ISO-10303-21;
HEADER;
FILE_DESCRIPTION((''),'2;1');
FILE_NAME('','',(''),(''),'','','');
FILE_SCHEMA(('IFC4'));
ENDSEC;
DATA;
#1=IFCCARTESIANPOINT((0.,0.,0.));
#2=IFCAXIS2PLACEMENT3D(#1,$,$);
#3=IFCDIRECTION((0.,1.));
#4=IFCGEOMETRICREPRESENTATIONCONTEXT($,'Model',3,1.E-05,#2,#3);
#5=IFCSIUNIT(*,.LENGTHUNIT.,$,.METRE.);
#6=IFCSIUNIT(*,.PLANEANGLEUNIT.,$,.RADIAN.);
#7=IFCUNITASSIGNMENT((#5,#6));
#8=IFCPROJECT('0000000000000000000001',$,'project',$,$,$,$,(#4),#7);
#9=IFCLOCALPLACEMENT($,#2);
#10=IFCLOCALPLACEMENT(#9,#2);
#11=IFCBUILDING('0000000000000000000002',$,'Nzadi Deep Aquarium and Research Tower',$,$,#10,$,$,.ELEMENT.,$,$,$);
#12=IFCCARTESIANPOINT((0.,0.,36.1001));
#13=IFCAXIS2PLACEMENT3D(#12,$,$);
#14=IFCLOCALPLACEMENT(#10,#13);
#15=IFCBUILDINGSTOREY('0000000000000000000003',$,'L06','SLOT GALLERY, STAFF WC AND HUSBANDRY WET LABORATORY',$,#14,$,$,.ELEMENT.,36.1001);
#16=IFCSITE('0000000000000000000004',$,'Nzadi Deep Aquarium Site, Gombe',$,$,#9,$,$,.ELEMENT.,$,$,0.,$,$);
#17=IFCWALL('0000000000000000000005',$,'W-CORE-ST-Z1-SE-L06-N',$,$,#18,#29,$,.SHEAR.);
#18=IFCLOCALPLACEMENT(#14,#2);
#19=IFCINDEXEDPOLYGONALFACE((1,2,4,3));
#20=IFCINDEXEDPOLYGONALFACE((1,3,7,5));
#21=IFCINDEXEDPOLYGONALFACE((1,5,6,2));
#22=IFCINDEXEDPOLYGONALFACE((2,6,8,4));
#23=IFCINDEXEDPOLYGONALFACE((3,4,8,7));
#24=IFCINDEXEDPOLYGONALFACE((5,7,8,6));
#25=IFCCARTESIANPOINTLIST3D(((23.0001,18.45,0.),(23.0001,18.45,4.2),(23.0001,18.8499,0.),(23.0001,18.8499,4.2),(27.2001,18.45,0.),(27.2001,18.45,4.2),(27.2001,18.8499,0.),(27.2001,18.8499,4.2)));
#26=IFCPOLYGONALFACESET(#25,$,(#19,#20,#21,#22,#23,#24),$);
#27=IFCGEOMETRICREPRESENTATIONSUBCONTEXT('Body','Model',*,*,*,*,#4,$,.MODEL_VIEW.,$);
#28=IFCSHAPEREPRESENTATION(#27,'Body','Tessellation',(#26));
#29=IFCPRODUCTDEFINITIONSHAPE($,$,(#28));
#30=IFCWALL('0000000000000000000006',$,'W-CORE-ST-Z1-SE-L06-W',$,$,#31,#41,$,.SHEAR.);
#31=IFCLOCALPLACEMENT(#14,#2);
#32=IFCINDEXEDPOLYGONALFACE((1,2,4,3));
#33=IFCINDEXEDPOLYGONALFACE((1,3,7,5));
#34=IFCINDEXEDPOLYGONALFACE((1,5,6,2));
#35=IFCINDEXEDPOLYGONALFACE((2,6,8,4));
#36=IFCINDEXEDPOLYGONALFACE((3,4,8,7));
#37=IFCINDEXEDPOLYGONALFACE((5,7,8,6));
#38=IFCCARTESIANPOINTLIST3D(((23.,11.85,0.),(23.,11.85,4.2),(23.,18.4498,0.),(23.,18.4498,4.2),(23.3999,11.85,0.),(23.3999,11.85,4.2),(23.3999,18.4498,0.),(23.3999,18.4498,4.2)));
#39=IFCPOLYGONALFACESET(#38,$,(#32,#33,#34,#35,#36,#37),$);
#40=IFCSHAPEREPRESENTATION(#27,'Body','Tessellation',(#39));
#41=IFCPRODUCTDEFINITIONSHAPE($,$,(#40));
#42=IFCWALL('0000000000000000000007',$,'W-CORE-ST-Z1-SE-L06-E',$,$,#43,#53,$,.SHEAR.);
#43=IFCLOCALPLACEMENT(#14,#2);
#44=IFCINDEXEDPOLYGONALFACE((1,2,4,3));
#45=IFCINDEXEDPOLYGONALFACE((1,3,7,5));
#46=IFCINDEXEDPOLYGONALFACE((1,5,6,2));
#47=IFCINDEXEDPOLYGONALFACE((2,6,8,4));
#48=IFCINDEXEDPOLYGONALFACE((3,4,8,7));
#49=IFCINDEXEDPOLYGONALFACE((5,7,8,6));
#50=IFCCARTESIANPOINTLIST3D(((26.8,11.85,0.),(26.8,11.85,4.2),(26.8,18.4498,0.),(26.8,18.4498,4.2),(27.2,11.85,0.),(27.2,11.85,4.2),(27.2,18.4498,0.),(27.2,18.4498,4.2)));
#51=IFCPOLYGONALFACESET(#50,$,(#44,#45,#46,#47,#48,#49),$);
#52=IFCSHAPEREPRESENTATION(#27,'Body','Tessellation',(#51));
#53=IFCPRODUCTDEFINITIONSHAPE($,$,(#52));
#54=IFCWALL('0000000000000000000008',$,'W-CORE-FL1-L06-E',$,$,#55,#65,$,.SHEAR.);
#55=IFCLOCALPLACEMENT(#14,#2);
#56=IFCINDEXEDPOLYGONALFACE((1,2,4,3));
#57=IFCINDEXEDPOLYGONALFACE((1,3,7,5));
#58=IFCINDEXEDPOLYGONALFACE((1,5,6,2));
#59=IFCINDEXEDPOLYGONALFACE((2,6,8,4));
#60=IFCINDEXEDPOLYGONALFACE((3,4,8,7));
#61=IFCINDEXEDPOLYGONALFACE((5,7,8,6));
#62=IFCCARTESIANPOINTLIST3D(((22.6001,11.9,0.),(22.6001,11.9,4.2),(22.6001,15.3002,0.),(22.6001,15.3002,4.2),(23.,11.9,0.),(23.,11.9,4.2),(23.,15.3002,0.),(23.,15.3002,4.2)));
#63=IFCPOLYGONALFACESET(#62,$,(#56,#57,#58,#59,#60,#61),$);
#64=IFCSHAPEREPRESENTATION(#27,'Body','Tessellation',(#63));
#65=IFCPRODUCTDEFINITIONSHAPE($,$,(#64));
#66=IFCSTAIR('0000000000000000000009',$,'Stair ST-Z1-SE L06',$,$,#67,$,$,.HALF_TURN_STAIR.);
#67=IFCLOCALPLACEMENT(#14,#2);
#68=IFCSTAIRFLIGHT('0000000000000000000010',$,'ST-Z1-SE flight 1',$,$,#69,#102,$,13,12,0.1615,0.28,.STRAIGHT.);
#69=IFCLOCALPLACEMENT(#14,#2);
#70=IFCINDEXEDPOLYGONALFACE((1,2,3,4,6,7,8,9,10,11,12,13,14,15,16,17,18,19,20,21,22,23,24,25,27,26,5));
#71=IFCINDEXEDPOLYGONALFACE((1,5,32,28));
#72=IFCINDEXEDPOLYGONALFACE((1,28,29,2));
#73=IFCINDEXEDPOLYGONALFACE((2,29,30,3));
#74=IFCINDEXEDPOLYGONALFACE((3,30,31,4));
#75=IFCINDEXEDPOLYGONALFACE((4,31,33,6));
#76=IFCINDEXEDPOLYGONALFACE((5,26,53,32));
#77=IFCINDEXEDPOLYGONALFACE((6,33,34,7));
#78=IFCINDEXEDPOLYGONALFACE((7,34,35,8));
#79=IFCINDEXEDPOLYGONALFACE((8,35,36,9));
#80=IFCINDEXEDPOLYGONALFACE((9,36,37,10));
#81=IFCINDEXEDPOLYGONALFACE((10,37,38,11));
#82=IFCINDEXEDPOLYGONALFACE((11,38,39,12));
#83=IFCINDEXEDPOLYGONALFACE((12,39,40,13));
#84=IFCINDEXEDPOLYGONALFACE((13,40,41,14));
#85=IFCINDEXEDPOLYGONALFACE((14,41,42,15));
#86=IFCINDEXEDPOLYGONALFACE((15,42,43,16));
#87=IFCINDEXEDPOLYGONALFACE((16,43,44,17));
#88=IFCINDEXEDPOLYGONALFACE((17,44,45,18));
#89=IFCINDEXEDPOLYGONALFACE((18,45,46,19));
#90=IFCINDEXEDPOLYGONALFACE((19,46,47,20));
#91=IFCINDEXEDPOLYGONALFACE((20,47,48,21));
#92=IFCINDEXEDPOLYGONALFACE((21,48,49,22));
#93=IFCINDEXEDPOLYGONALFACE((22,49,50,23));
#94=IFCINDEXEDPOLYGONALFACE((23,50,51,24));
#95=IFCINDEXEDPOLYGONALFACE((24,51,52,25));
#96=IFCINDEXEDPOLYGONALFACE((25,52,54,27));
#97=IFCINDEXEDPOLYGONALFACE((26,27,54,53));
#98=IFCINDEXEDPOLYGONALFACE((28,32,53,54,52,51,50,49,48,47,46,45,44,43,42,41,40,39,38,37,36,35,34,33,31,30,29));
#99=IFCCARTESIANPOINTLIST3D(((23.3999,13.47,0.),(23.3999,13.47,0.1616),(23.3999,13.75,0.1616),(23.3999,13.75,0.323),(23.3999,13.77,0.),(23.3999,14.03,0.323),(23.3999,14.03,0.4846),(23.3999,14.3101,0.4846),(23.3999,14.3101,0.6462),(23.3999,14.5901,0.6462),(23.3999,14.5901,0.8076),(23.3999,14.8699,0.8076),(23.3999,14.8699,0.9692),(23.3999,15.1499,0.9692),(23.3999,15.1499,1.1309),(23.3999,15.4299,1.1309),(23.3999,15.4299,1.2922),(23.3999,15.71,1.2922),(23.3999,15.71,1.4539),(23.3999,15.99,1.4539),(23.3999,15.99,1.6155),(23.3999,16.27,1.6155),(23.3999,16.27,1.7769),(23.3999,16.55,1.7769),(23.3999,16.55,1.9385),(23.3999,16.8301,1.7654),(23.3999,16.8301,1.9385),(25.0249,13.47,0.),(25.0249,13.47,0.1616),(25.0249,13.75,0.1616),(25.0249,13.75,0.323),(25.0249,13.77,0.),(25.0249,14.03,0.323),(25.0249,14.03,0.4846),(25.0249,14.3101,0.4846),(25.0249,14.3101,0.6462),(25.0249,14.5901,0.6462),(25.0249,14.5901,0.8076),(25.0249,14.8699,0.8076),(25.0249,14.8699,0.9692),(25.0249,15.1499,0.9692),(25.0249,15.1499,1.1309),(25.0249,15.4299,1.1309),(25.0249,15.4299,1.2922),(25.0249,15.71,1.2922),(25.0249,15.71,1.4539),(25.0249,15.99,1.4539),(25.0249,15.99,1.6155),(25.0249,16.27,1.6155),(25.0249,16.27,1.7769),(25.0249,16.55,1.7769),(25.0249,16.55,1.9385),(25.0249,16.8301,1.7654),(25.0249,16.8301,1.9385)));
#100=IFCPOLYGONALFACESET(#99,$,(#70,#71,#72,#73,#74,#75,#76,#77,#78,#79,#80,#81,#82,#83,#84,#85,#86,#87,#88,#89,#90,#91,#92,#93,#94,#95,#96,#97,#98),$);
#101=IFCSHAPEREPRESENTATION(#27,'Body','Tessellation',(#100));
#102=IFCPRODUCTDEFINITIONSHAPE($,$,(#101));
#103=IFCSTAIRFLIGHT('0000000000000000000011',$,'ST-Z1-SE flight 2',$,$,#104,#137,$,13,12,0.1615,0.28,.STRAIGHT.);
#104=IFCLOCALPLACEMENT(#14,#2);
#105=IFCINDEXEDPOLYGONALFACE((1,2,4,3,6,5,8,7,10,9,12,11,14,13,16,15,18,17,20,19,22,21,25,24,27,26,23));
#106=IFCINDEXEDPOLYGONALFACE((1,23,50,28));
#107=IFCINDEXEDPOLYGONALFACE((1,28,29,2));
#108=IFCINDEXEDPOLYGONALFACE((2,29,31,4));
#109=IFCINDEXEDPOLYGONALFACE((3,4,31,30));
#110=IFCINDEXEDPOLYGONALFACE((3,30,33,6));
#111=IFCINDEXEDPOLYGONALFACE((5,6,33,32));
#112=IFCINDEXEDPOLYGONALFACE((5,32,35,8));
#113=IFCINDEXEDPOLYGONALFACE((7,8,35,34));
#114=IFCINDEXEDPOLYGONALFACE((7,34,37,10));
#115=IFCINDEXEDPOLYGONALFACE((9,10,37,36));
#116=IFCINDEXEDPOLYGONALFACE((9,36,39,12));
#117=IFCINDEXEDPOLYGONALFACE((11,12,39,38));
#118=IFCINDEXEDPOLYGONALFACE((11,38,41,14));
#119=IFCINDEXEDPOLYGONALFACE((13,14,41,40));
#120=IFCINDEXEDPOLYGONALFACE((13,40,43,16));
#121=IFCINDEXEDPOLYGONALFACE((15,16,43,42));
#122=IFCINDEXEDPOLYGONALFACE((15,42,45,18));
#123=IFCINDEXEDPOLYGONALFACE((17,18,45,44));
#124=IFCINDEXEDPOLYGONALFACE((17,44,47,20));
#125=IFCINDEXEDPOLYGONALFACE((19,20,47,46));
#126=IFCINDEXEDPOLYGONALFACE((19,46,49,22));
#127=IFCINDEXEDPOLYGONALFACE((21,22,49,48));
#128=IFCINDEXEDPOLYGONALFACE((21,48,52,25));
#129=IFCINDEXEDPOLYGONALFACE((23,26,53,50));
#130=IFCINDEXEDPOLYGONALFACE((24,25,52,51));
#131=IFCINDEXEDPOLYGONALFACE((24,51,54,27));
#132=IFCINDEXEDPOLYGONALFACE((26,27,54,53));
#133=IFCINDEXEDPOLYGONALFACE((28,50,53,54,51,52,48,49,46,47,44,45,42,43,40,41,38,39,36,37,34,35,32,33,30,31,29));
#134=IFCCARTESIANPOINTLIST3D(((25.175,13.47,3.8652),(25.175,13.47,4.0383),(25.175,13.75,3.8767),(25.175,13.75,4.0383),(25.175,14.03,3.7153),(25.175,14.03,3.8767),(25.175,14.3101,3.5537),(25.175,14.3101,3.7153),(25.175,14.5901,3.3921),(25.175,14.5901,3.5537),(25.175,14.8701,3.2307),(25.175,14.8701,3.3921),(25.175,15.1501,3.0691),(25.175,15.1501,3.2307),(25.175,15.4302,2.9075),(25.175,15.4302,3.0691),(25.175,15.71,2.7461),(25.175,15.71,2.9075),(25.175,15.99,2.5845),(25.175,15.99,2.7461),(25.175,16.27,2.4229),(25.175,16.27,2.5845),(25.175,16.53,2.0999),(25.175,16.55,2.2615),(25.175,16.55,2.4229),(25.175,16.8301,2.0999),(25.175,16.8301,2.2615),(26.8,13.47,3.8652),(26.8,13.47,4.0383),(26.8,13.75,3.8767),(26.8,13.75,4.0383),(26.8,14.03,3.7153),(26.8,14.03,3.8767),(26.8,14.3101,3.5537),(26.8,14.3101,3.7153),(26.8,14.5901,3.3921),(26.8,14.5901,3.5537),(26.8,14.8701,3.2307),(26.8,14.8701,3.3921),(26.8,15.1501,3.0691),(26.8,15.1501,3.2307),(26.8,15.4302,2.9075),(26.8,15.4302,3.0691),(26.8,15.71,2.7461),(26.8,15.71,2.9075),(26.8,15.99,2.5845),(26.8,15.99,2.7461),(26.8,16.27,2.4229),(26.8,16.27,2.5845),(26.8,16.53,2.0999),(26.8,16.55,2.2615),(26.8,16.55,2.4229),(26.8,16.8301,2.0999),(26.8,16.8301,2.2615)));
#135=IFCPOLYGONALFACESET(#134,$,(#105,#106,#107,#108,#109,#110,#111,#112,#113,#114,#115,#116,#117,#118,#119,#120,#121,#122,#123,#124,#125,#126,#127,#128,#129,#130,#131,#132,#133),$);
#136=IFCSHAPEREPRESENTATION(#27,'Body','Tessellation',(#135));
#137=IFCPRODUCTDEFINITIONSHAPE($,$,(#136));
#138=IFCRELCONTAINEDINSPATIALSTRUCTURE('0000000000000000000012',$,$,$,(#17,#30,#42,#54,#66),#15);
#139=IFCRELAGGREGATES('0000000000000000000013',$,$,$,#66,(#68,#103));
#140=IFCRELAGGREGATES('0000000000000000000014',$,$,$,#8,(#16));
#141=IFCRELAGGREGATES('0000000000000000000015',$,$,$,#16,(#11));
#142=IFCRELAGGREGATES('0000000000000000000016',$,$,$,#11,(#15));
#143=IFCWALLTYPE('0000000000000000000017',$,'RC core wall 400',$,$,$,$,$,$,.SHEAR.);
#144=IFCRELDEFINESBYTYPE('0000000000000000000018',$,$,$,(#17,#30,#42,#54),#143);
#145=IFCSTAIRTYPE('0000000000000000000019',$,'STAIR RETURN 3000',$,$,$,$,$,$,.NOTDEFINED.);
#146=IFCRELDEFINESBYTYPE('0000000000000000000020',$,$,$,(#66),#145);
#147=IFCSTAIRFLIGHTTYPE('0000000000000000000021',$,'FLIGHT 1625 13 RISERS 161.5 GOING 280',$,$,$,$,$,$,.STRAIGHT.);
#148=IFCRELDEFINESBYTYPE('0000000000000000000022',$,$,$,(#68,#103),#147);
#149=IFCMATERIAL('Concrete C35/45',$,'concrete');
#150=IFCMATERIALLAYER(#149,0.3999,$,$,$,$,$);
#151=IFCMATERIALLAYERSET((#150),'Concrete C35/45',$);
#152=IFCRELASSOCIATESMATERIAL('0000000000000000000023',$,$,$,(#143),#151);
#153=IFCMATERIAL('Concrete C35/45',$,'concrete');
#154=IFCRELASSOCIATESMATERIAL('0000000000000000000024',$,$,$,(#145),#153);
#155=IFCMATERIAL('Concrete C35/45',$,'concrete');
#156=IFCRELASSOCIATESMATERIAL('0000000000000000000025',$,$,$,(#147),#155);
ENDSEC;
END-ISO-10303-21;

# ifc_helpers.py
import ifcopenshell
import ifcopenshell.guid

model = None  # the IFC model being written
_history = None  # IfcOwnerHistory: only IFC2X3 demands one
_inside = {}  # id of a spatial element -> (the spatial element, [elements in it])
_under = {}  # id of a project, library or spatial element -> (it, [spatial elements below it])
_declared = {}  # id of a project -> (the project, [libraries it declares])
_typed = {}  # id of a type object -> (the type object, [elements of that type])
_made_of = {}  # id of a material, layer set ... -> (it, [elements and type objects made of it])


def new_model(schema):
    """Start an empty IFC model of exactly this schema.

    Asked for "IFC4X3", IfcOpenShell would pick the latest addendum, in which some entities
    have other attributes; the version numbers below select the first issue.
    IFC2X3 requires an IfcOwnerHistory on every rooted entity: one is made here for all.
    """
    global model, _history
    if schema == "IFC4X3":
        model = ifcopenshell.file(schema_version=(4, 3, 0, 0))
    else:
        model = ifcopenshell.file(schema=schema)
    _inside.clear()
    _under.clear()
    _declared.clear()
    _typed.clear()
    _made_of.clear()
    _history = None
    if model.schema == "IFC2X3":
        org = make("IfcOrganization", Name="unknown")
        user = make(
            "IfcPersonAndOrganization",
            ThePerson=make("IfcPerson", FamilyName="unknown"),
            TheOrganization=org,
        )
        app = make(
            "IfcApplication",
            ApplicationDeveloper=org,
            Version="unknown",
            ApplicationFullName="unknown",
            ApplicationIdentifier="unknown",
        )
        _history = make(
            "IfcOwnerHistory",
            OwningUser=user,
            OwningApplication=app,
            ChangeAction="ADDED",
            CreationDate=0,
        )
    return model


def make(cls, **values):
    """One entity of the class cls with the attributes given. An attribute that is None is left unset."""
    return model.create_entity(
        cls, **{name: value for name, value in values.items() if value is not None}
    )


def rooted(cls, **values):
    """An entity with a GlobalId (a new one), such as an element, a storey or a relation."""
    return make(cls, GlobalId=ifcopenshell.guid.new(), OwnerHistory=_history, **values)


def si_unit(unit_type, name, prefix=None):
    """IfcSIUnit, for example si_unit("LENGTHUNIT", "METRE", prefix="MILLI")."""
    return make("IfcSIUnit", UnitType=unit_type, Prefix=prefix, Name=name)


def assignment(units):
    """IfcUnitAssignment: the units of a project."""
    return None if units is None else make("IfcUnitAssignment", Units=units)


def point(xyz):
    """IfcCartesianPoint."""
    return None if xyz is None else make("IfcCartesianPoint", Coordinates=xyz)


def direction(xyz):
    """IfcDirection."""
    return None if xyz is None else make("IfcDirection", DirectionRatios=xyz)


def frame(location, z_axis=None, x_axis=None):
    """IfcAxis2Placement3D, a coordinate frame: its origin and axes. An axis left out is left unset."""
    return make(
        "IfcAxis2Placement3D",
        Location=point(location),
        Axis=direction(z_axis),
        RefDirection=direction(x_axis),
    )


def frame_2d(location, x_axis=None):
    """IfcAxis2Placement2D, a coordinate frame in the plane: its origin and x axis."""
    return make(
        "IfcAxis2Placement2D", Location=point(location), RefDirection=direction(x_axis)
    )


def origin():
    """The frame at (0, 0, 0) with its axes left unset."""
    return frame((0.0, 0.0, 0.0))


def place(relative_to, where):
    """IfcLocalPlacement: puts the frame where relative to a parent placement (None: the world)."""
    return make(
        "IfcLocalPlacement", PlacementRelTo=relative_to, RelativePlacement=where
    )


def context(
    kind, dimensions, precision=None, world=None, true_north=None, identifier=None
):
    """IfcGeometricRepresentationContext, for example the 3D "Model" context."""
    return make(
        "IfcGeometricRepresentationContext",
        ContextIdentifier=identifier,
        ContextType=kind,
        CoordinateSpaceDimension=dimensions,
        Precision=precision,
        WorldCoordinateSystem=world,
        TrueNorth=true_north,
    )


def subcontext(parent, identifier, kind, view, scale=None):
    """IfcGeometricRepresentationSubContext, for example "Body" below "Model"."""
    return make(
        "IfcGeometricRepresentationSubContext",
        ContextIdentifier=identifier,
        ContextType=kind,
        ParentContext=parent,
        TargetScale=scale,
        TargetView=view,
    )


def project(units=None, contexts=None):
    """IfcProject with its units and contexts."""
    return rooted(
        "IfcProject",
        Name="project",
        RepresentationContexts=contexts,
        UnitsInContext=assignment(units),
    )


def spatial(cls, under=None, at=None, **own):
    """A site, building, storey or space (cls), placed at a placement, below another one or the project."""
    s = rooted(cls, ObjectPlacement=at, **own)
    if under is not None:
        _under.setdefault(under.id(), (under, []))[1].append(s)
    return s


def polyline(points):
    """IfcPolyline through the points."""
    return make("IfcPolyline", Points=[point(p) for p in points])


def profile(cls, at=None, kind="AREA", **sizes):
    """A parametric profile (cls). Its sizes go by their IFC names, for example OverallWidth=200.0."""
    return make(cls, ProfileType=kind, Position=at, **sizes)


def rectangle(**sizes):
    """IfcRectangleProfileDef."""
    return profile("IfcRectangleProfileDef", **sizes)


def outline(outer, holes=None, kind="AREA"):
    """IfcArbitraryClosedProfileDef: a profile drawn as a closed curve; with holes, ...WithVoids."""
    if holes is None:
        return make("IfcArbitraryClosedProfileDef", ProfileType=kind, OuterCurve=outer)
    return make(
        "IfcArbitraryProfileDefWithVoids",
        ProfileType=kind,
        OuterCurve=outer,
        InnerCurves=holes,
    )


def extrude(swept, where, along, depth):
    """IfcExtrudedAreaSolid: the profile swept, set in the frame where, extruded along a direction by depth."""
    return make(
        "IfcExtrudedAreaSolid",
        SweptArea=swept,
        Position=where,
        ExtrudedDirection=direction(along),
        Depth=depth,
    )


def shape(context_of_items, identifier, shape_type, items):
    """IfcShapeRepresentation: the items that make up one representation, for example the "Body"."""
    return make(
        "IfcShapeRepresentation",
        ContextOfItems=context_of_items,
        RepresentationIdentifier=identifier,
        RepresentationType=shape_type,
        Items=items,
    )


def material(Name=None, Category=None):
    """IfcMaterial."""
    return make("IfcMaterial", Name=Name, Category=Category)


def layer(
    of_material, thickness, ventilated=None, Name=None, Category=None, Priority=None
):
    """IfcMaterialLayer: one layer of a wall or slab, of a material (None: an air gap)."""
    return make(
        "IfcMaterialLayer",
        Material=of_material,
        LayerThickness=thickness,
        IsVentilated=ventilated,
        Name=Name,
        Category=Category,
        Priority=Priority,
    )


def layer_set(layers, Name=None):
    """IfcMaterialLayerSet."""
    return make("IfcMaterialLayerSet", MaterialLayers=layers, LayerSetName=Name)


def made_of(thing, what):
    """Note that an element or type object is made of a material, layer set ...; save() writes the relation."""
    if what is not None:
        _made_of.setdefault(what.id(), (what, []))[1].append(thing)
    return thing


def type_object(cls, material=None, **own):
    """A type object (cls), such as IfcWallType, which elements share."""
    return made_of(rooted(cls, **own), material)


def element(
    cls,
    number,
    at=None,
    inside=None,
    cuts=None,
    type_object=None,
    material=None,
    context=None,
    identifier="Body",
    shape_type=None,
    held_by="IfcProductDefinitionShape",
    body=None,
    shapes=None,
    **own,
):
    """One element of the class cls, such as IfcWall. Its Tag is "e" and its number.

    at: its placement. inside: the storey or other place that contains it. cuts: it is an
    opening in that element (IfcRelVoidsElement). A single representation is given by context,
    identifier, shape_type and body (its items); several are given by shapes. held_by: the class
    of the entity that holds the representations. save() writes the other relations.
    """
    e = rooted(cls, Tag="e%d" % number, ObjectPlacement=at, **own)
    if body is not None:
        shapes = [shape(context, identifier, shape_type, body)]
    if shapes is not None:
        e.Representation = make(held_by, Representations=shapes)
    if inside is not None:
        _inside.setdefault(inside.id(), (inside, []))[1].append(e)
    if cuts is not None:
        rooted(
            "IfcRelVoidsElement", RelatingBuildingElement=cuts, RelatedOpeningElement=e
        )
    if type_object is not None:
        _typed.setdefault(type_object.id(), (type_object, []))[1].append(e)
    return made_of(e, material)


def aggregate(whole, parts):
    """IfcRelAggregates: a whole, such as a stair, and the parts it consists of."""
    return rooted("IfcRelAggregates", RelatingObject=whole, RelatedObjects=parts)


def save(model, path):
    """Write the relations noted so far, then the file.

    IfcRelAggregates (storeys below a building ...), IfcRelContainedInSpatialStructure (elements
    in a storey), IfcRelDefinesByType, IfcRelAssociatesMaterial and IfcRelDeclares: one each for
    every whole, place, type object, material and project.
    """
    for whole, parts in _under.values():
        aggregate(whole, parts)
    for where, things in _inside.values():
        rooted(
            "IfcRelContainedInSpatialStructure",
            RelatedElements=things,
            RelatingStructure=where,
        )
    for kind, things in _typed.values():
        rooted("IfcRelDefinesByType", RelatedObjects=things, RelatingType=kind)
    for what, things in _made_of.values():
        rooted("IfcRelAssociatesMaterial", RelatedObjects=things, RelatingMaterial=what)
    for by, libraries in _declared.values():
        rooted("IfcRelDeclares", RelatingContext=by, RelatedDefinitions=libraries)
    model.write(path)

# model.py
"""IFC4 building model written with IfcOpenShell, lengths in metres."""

from ifc_helpers import new_model, si_unit, direction, frame, frame_2d, origin, place, context, subcontext, project, spatial, polyline, rectangle, outline, extrude, material, layer, layer_set, type_object, element, aggregate, save


model = new_model("IFC4")

# Units and contexts
model_context = context("Model", 3, precision=1e-05, world=origin(), true_north=direction((0.0, 1.0)))
body_context = subcontext(model_context, "Body", "Model", "MODEL_VIEW")
ifc_project = project(units=[si_unit("LENGTHUNIT", "METRE"), si_unit("PLANEANGLEUNIT", "RADIAN")], contexts=[model_context])

# Site, building, storey
site_placement = place(None, origin())
site = spatial("IfcSite", under=ifc_project, at=site_placement, Name="Nzadi Deep Aquarium Site, Gombe", CompositionType="ELEMENT", RefElevation=0.0)
building_placement = place(site_placement, origin())
building = spatial("IfcBuilding", under=site, at=building_placement, Name="Nzadi Deep Aquarium and Research Tower", CompositionType="ELEMENT")
storey_placement = place(building_placement, frame((0.0, 0.0, 36.1001)))
storey = spatial("IfcBuildingStorey", under=building, at=storey_placement, Name="L06", Description="SLOT GALLERY, STAFF WC AND HUSBANDRY WET LABORATORY", CompositionType="ELEMENT", Elevation=36.1001)

# Walls
ifc_material_1 = material(Name="Concrete C35/45", Category="concrete")
ifc_layer_1 = layer(ifc_material_1, 0.3999)
ifc_layer_set_1 = layer_set([ifc_layer_1], Name="Concrete C35/45")
wall_type_1 = type_object("IfcWallType", Name="RC core wall 400", PredefinedType="SHEAR", material=ifc_layer_set_1)
wall_1_placement = place(storey_placement, frame((23.0, 18.6499, 0.0), z_axis=(0.0, 0.0, 1.0), x_axis=(1.0, 0.0, 0.0)))
element("IfcWall", 1, at=wall_1_placement, inside=storey, type_object=wall_type_1, Name="W-CORE-ST-Z1-SE-L06-N", PredefinedType="SHEAR", context=body_context, shape_type="SweptSolid", body=[
    extrude(rectangle(XDim=4.2, YDim=0.3999, at=frame_2d((2.1001, 0.0))), origin(), (0.0, 0.0, 1.0), 4.2),
])
for number, where, z_axis, x_axis, name in (
    (2, (23.2, 11.8501, 0.0), (0.0, 0.0, 1.0), (0.0, 1.0, 0.0), "W-CORE-ST-Z1-SE-L06-W"),
    (3, (27.0, 11.8501, 0.0), (0.0, 0.0, 1.0), (0.0, 1.0, 0.0), "W-CORE-ST-Z1-SE-L06-E"),
):
    element("IfcWall", number, at=place(storey_placement, frame(where, z_axis=z_axis, x_axis=x_axis)), inside=storey, type_object=wall_type_1, Name=name, PredefinedType="SHEAR", context=body_context, shape_type="SweptSolid", body=[
        extrude(rectangle(XDim=6.5999, YDim=0.3999, at=frame_2d((3.2998, 0.0))), origin(), (0.0, 0.0, 1.0), 4.2),
    ])
wall_2_placement = place(storey_placement, frame((22.8, 11.8999, 0.0), z_axis=(0.0, 0.0, 1.0), x_axis=(0.0, 1.0, 0.0)))
element("IfcWall", 4, at=wall_2_placement, inside=storey, type_object=wall_type_1, Name="W-CORE-FL1-L06-E", PredefinedType="SHEAR", context=body_context, shape_type="SweptSolid", body=[
    extrude(rectangle(XDim=3.4001, YDim=0.3999, at=frame_2d((1.7002, 0.0))), origin(), (0.0, 0.0, 1.0), 4.2),
])

# Stair, stair flights
ifc_material_2 = material(Name="Concrete C35/45", Category="concrete")
stair_type = type_object("IfcStairType", Name="STAIR RETURN 3000", PredefinedType="NOTDEFINED", material=ifc_material_2)
stair_placement = place(storey_placement, origin())
stair = element("IfcStair", 5, at=stair_placement, inside=storey, type_object=stair_type, Name="Stair ST-Z1-SE L06", PredefinedType="HALF_TURN_STAIR")
ifc_material_3 = material(Name="Concrete C35/45", Category="concrete")
stair_flight_type = type_object("IfcStairFlightType", Name="FLIGHT 1625 13 RISERS 161.5 GOING 280", PredefinedType="STRAIGHT", material=ifc_material_3)
stair_flight_1_placement = place(storey_placement, frame((24.2124, 13.47, 0.0), z_axis=(0.0, 0.0, 1.0), x_axis=(0.0, 1.0, 0.0)))
stair_flight_1 = element("IfcStairFlight", 6, at=stair_flight_1_placement, type_object=stair_flight_type, Name="ST-Z1-SE flight 1", NumberOfRisers=13, NumberOfTreads=12, PredefinedType="STRAIGHT", RiserHeight=0.1615, TreadLength=0.28, context=body_context, shape_type="SweptSolid", body=[
    extrude(outline(polyline([(0.0, 0.0), (0.0, 0.1616), (0.28, 0.1616), (0.28, 0.323), (0.5601, 0.323), (0.5601, 0.4846), (0.8401, 0.4846), (0.8401, 0.6462), (1.1201, 0.6462), (1.1201, 0.8076), (1.3999, 0.8076), (1.3999, 0.9692), (1.6799, 0.9692), (1.6799, 1.1309), (1.96, 1.1309), (1.96, 1.2922), (2.24, 1.2922), (2.24, 1.4539), (2.52, 1.4539), (2.52, 1.6155), (2.8, 1.6155), (2.8, 1.7769), (3.0801, 1.7769), (3.0801, 1.9385), (3.3601, 1.9385), (3.3601, 2.1001), (3.3601, 1.7654), (0.3, 0.0), (0.0, 0.0)])), frame((0.0, 0.8125, 0.0), z_axis=(0.0, -1.0, 0.0), x_axis=(1.0, 0.0, 0.0)), (0.0, 0.0, 1.0), 1.625),
])
stair_flight_2_placement = place(storey_placement, frame((25.9875, 16.8301, 2.0999), z_axis=(0.0, 0.0, 1.0), x_axis=(0.0, -1.0, 0.0)))
stair_flight_2 = element("IfcStairFlight", 7, at=stair_flight_2_placement, type_object=stair_flight_type, Name="ST-Z1-SE flight 2", NumberOfRisers=13, NumberOfTreads=12, PredefinedType="STRAIGHT", RiserHeight=0.1615, TreadLength=0.28, context=body_context, shape_type="SweptSolid", body=[
    extrude(outline(polyline([(0.0, 0.0), (0.0, 0.1616), (0.28, 0.1616), (0.28, 0.323), (0.5601, 0.323), (0.5601, 0.4846), (0.8401, 0.4846), (0.8401, 0.6462), (1.1201, 0.6462), (1.1201, 0.8076), (1.3999, 0.8076), (1.3999, 0.9692), (1.6799, 0.9692), (1.6799, 1.1309), (1.96, 1.1309), (1.96, 1.2922), (2.24, 1.2922), (2.24, 1.4539), (2.52, 1.4539), (2.52, 1.6155), (2.8, 1.6155), (2.8, 1.7769), (3.0801, 1.7769), (3.0801, 1.9385), (3.3601, 1.9385), (3.3601, 2.1001), (3.3601, 1.7654), (0.3, 0.0), (0.0, 0.0)])), frame((0.0, 0.8125, 0.0), z_axis=(0.0, -1.0, 0.0), x_axis=(1.0, 0.0, 0.0)), (0.0, 0.0, 1.0), 1.625),
])
aggregate(stair, [stair_flight_1, stair_flight_2])

save(model, "model.ifc")
